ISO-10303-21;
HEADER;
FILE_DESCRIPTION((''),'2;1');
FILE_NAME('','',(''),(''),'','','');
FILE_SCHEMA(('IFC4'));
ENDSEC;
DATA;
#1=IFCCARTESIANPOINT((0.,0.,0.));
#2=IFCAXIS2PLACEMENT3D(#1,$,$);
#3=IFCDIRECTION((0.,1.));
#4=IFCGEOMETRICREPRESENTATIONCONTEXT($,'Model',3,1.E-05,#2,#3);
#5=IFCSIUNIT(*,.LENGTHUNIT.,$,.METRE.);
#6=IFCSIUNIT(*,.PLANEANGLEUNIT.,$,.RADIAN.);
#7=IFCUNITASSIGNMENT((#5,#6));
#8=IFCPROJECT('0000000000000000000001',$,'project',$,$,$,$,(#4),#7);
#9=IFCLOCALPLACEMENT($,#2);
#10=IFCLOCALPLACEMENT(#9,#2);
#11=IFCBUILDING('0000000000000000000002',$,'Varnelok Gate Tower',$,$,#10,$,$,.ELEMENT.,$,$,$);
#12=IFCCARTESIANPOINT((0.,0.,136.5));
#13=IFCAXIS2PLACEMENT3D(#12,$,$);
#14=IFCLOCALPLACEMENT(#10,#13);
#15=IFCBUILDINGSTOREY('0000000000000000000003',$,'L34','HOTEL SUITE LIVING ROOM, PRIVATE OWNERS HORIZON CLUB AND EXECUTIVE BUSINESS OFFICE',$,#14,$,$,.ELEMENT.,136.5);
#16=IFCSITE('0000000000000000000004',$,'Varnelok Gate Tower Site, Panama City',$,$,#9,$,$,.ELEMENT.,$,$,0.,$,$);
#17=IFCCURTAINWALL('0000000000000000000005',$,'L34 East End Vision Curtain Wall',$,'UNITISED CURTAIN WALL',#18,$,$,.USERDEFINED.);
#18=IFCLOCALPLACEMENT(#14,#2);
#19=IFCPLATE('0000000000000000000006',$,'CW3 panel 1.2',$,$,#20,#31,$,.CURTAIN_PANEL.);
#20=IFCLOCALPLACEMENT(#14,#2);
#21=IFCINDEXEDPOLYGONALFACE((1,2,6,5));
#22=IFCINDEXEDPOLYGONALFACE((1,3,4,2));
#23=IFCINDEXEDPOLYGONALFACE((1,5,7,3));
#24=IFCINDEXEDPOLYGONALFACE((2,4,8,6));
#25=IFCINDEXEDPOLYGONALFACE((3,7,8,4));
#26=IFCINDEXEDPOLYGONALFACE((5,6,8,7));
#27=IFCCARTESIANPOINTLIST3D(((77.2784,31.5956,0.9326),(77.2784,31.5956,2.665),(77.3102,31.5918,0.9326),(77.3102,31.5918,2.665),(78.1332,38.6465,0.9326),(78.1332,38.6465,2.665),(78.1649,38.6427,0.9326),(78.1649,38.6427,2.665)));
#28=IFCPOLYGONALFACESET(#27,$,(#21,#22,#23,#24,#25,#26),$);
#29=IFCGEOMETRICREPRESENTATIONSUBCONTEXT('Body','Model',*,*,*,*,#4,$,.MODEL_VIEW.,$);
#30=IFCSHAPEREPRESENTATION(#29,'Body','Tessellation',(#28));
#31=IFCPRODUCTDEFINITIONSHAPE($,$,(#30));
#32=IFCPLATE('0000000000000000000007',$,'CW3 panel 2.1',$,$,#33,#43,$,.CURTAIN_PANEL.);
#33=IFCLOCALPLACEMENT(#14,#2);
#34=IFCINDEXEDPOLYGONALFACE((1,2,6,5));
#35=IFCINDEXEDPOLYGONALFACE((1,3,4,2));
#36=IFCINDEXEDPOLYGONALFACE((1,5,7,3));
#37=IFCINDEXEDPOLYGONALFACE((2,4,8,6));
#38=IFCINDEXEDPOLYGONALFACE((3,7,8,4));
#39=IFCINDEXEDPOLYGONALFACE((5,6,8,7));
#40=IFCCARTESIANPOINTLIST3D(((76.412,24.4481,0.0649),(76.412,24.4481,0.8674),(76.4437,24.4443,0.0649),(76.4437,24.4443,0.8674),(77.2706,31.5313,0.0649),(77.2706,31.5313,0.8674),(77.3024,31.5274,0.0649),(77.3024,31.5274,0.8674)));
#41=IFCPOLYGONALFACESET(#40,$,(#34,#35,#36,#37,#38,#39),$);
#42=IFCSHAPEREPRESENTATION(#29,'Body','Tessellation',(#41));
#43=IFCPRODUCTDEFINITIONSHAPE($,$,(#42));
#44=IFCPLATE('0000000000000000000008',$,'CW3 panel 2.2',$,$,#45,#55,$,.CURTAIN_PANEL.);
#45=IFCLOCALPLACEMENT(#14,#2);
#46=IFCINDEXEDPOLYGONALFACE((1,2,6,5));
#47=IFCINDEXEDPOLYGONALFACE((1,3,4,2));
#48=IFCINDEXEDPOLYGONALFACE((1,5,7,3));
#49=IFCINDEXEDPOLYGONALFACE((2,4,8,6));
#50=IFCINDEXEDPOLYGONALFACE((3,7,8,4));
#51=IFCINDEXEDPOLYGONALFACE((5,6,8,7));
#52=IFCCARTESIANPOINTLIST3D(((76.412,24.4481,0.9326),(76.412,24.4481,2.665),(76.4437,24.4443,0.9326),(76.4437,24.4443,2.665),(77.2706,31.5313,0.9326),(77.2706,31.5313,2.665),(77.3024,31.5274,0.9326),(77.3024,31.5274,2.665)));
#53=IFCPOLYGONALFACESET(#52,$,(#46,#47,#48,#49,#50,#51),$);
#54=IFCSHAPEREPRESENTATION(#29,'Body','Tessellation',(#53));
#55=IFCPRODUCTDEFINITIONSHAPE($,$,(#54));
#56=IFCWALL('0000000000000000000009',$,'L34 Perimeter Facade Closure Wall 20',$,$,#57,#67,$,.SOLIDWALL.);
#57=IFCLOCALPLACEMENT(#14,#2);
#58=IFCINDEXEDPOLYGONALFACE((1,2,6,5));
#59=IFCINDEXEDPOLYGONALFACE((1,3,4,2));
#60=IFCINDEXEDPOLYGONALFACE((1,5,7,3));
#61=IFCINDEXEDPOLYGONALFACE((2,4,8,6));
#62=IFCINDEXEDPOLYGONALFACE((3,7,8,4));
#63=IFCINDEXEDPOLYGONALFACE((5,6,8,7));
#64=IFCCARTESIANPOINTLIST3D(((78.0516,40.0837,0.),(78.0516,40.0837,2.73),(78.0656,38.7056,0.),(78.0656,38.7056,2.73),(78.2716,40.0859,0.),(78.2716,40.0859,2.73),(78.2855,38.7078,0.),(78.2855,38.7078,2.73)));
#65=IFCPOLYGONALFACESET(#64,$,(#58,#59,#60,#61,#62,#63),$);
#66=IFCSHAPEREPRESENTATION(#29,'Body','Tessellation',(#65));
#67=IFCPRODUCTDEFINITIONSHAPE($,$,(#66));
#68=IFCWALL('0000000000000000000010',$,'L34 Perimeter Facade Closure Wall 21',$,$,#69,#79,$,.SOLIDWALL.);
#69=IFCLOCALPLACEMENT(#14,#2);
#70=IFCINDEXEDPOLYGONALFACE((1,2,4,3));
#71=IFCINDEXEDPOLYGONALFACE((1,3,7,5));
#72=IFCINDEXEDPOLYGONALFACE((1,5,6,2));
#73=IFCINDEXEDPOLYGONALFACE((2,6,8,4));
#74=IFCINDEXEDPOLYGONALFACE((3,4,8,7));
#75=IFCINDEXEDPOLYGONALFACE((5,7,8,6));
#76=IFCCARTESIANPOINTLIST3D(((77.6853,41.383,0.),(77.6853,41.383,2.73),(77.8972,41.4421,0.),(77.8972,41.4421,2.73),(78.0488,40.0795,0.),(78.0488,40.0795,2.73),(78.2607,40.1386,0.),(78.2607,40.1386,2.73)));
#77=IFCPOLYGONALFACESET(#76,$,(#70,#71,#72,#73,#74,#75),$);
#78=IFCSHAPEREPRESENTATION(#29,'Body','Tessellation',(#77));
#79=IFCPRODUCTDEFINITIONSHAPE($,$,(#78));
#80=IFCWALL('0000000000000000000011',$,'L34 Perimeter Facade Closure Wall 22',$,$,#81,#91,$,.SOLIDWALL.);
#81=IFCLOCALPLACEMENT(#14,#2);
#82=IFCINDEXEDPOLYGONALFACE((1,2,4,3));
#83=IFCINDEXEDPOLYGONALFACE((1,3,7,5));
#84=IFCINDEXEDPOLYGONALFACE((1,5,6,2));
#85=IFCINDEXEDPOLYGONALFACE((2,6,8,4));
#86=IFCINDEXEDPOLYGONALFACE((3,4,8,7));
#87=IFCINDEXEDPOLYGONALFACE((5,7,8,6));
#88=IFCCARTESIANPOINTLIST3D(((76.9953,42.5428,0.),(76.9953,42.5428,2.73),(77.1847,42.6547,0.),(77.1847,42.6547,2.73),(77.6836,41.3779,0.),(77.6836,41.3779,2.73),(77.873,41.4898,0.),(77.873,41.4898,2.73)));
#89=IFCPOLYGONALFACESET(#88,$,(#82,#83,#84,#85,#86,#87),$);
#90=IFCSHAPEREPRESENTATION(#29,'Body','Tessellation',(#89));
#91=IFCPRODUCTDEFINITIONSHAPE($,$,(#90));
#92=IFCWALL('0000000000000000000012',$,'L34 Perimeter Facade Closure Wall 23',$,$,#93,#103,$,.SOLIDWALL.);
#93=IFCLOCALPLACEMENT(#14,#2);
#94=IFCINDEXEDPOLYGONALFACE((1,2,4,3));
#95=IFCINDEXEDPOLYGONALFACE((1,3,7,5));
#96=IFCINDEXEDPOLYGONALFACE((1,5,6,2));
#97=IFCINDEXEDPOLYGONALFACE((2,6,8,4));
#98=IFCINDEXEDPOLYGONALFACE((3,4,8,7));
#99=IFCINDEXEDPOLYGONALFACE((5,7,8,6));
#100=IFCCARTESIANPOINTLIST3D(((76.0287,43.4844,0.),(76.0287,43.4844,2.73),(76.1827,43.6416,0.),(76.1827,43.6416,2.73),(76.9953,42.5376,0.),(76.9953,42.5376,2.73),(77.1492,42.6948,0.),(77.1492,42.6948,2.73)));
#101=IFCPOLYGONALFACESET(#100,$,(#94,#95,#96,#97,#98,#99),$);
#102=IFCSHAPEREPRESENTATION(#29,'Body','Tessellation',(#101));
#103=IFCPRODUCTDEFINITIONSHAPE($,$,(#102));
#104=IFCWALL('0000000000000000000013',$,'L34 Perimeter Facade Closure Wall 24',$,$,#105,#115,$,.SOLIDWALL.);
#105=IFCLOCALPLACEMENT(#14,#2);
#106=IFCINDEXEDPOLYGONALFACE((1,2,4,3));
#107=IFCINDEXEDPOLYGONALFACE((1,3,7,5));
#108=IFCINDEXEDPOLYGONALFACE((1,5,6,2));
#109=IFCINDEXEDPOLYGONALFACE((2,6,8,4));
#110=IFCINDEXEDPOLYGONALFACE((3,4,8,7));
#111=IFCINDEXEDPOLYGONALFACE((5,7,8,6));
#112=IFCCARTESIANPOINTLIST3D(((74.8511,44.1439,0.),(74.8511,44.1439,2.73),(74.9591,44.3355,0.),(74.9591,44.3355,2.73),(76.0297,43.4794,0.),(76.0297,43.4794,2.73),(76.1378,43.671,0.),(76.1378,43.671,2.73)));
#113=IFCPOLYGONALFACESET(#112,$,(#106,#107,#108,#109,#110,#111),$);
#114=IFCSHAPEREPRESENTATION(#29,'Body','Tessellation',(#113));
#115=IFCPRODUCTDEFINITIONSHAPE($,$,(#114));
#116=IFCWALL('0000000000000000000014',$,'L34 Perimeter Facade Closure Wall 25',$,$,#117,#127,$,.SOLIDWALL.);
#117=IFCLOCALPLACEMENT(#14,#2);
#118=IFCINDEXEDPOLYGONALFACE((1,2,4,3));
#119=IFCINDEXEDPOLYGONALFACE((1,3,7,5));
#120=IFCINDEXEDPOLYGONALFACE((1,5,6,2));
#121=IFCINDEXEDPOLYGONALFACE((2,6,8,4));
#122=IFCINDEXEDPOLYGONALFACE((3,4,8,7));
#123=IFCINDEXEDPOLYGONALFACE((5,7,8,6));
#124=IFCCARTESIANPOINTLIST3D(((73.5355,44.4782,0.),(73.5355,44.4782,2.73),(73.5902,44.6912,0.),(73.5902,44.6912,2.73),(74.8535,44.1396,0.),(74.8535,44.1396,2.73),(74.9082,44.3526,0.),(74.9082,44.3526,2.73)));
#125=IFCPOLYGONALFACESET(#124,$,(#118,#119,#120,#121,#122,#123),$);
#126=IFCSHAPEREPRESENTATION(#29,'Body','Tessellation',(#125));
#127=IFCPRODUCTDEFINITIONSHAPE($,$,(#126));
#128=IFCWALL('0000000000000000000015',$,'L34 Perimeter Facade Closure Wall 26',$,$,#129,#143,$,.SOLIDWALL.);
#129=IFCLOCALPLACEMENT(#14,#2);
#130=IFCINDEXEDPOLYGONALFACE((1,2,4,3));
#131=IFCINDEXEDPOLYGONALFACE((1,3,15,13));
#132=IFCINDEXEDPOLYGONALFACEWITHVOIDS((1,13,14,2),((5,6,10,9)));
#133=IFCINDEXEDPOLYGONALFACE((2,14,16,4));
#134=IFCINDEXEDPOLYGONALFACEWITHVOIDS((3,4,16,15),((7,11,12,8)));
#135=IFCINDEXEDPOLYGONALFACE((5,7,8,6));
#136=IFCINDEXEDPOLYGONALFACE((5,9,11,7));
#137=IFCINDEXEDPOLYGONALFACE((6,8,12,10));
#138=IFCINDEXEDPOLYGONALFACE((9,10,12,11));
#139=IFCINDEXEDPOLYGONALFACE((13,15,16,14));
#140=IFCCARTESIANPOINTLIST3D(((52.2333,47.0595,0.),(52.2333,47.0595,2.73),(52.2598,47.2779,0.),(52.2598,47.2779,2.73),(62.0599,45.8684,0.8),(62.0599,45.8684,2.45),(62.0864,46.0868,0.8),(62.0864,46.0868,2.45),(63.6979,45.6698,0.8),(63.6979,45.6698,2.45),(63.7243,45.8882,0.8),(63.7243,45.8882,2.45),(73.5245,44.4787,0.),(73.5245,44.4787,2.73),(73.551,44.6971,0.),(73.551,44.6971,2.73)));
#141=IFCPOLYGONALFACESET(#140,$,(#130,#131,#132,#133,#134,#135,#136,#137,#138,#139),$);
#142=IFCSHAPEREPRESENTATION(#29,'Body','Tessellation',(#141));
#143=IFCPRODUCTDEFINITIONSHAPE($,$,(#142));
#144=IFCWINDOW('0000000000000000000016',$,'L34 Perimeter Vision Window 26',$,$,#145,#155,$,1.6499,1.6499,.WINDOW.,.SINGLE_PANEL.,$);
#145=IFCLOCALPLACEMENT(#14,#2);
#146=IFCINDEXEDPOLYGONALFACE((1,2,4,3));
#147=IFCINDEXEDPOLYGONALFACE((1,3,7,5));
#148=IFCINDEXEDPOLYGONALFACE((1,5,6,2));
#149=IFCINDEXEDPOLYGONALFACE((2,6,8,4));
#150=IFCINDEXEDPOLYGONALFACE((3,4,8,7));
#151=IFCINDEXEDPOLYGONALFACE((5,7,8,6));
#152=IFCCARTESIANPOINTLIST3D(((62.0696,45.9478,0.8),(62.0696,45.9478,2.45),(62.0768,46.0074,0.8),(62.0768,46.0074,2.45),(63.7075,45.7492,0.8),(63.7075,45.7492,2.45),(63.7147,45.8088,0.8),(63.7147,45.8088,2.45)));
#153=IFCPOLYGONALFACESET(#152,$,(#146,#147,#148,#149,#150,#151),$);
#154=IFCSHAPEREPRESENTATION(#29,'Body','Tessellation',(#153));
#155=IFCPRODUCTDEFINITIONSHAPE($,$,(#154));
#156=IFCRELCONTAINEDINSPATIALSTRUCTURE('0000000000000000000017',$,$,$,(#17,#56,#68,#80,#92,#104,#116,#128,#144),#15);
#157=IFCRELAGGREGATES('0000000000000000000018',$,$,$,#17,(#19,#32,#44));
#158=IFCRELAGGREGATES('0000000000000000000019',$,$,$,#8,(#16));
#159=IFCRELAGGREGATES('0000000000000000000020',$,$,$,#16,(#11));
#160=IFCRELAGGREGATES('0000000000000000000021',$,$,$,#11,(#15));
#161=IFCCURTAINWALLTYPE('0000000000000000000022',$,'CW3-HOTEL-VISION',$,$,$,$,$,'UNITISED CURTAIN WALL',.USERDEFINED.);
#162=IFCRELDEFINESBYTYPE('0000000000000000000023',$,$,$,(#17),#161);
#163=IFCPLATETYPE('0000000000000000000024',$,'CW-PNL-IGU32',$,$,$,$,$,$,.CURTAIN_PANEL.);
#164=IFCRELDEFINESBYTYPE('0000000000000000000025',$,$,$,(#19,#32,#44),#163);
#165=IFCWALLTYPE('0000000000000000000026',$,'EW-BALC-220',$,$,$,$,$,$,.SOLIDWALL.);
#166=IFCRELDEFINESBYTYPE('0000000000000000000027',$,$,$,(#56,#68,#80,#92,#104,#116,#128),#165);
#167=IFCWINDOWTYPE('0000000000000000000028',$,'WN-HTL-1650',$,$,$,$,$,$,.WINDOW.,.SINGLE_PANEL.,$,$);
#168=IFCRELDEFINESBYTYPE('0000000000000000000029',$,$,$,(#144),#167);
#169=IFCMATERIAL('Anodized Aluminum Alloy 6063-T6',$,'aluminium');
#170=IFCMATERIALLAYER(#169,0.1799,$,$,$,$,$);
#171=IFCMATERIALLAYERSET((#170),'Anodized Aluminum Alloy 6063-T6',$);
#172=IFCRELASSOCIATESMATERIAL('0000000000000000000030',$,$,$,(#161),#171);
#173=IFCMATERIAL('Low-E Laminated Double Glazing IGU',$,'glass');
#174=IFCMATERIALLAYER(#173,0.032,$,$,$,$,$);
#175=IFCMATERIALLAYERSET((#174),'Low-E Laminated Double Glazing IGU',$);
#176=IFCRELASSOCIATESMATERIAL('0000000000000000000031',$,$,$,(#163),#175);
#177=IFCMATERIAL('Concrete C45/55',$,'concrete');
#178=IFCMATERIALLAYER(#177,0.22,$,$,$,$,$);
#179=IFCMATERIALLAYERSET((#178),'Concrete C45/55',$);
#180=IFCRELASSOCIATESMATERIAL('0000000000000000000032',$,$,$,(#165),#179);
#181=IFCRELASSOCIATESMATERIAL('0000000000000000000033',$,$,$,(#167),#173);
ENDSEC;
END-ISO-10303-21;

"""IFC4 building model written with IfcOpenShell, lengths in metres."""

from ifc_helpers import new_model, si_unit, direction, frame, frame_2d, origin, origin_2d, place, context, subcontext, project, spatial, rectangle, extrude, source, transform, mapped, material, layer, layer_set, type_object, element, fill, aggregate, save


model = new_model("IFC4")

# Units and contexts
model_context = context("Model", 3, precision=1e-05, world=origin(), true_north=direction((0.0, 1.0)))
body_context = subcontext(model_context, "Body", "Model", "MODEL_VIEW")
ifc_project = project(units=[si_unit("LENGTHUNIT", "METRE"), si_unit("PLANEANGLEUNIT", "RADIAN")], contexts=[model_context])

# Site, building, storey
site_placement = place(None, origin())
site = spatial("IfcSite", under=ifc_project, at=site_placement, Name="Varnelok Gate Tower Site, Panama City", CompositionType="ELEMENT", RefElevation=0.0)
building_placement = place(site_placement, origin())
building = spatial("IfcBuilding", under=site, at=building_placement, Name="Varnelok Gate Tower", CompositionType="ELEMENT")
storey_placement = place(building_placement, frame((0.0, 0.0, 136.5)))
storey = spatial("IfcBuildingStorey", under=building, at=storey_placement, Name="L34", Description="HOTEL SUITE LIVING ROOM, PRIVATE OWNERS HORIZON CLUB AND EXECUTIVE BUSINESS OFFICE", CompositionType="ELEMENT", Elevation=136.5)

# Curtain wall, plates
ifc_material_1 = material(Name="Anodized Aluminum Alloy 6063-T6", Category="aluminium")
ifc_layer_1 = layer(ifc_material_1, 0.1799)
ifc_layer_set_1 = layer_set([ifc_layer_1], Name="Anodized Aluminum Alloy 6063-T6")
curtain_wall_type = type_object("IfcCurtainWallType", Name="CW3-HOTEL-VISION", ElementType="UNITISED CURTAIN WALL", PredefinedType="USERDEFINED", material=ifc_layer_set_1)
curtain_wall_placement = place(storey_placement, origin())
curtain_wall = element("IfcCurtainWall", 1, at=curtain_wall_placement, inside=storey, type_object=curtain_wall_type, Name="L34 East End Vision Curtain Wall", ObjectType="UNITISED CURTAIN WALL", PredefinedType="USERDEFINED")
ifc_material_2 = material(Name="Low-E Laminated Double Glazing IGU", Category="glass")
ifc_layer_2 = layer(ifc_material_2, 0.032)
ifc_layer_set_2 = layer_set([ifc_layer_2], Name="Low-E Laminated Double Glazing IGU")
plate_type = type_object("IfcPlateType", Name="CW-PNL-IGU32", PredefinedType="CURTAIN_PANEL", material=ifc_layer_set_2)
shared_shape_1 = source(origin(), body_context, "Body", "SweptSolid", [
    extrude(rectangle(XDim=7.1025, YDim=0.032, at=origin_2d()), origin(), (0.0, 0.0, 1.0), 1.7324),
])
plate_1_placement = place(storey_placement, frame((77.7217, 35.1191, 0.9326), z_axis=(0.0, 0.0, 1.0), x_axis=(-0.120347, -0.992732, 0.0)))
plate_1 = element("IfcPlate", 2, at=plate_1_placement, type_object=plate_type, Name="CW3 panel 1.2", PredefinedType="CURTAIN_PANEL", context=body_context, shape_type="MappedRepresentation", body=[
    mapped(shared_shape_1, transform((0.0, 0.0, 0.0), scale=1.0)),
])
shared_shape_2 = source(origin(), body_context, "Body", "SweptSolid", [
    extrude(rectangle(XDim=7.135, YDim=0.032, at=origin_2d()), origin(), (0.0, 0.0, 1.0), 0.8025),
])
plate_2_placement = place(storey_placement, frame((76.8572, 27.9878, 0.0649), z_axis=(0.0, 0.0, 1.0), x_axis=(-0.120347, -0.992732, 0.0)))
plate_2 = element("IfcPlate", 3, at=plate_2_placement, type_object=plate_type, Name="CW3 panel 2.1", PredefinedType="CURTAIN_PANEL", context=body_context, shape_type="MappedRepresentation", body=[
    mapped(shared_shape_2, transform((0.0, 0.0, 0.0), scale=1.0)),
])
shared_shape_3 = source(origin(), body_context, "Body", "SweptSolid", [
    extrude(rectangle(XDim=7.135, YDim=0.032, at=origin_2d()), origin(), (0.0, 0.0, 1.0), 1.7324),
])
plate_3_placement = place(storey_placement, frame((76.8572, 27.9878, 0.9326), z_axis=(0.0, 0.0, 1.0), x_axis=(-0.120347, -0.992732, 0.0)))
plate_3 = element("IfcPlate", 4, at=plate_3_placement, type_object=plate_type, Name="CW3 panel 2.2", PredefinedType="CURTAIN_PANEL", context=body_context, shape_type="MappedRepresentation", body=[
    mapped(shared_shape_3, transform((0.0, 0.0, 0.0), scale=1.0)),
])
aggregate(curtain_wall, [plate_1, plate_2, plate_3])

# Walls
ifc_material_3 = material(Name="Concrete C45/55", Category="concrete")
ifc_layer_3 = layer(ifc_material_3, 0.22)
ifc_layer_set_3 = layer_set([ifc_layer_3], Name="Concrete C45/55")
wall_type = type_object("IfcWallType", Name="EW-BALC-220", PredefinedType="SOLIDWALL", material=ifc_layer_set_3)
wall_1_placement = place(storey_placement, frame((78.1755, 38.7068, 0.0), z_axis=(0.0, 0.0, 1.0), x_axis=(-0.010097, 0.999949, 0.0)))
element("IfcWall", 5, at=wall_1_placement, inside=storey, type_object=wall_type, Name="L34 Perimeter Facade Closure Wall 20", PredefinedType="SOLIDWALL", context=body_context, shape_type="SweptSolid", body=[
    extrude(rectangle(XDim=1.3782, YDim=0.22, at=frame_2d((0.689, 0.0))), origin(), (0.0, 0.0, 1.0), 2.73),
])
wall_2_placement = place(storey_placement, frame((78.1548, 40.1089, 0.0), z_axis=(0.0, 0.0, 1.0), x_axis=(-0.268639, 0.963241, 0.0)))
element("IfcWall", 6, at=wall_2_placement, inside=storey, type_object=wall_type, Name="L34 Perimeter Facade Closure Wall 21", PredefinedType="SOLIDWALL", context=body_context, shape_type="SweptSolid", body=[
    extrude(rectangle(XDim=1.3533, YDim=0.22, at=frame_2d((0.6768, 0.0))), origin(), (0.0, 0.0, 1.0), 2.73),
])
for number, where, z_axis, x_axis, name in (
    (7, (77.7783, 41.4338, 0.0), (0.0, 0.0, 1.0), (-0.508699, 0.860944, 0.0), "L34 Perimeter Facade Closure Wall 22"),
    (8, (77.0723, 42.6162, 0.0), (0.0, 0.0, 1.0), (-0.714377, 0.699761, 0.0), "L34 Perimeter Facade Closure Wall 23"),
    (9, (76.0837, 43.5752, 0.0), (0.0, 0.0, 1.0), (-0.871093, 0.491118, 0.0), "L34 Perimeter Facade Closure Wall 24"),
):
    element("IfcWall", number, at=place(storey_placement, frame(where, z_axis=z_axis, x_axis=x_axis)), inside=storey, type_object=wall_type, Name=name, PredefinedType="SOLIDWALL", context=body_context, shape_type="SweptSolid", body=[
        extrude(rectangle(XDim=1.353, YDim=0.22, at=frame_2d((0.6765, 0.0))), origin(), (0.0, 0.0, 1.0), 2.73),
    ])
wall_3_placement = place(storey_placement, frame((74.8809, 44.2461, 0.0), z_axis=(0.0, 0.0, 1.0), x_axis=(-0.96855, 0.24882, 0.0)))
element("IfcWall", 10, at=wall_3_placement, inside=storey, type_object=wall_type, Name="L34 Perimeter Facade Closure Wall 25", PredefinedType="SOLIDWALL", context=body_context, shape_type="SweptSolid", body=[
    extrude(rectangle(XDim=1.3608, YDim=0.22, at=frame_2d((0.6804, 0.0))), origin(), (0.0, 0.0, 1.0), 2.73),
])

# Wall, opening, window
wall_4_placement = place(storey_placement, frame((73.5378, 44.5879, 0.0), z_axis=(0.0, 0.0, 1.0), x_axis=(-0.992733, 0.120334, 0.0)))
wall_4 = element("IfcWall", 11, at=wall_4_placement, inside=storey, type_object=wall_type, Name="L34 Perimeter Facade Closure Wall 26", PredefinedType="SOLIDWALL", context=body_context, shape_type="SweptSolid", body=[
    extrude(rectangle(XDim=21.447, YDim=0.22, at=frame_2d((10.7236, 0.0))), origin(), (0.0, 0.0, 1.0), 2.73),
])
opening_placement = place(wall_4_placement, frame((9.8987, 0.0, 0.8)))
opening = element("IfcOpeningElement", 12, at=opening_placement, cuts=wall_4, PredefinedType="OPENING", context=body_context, shape_type="SweptSolid", body=[
    extrude(rectangle(XDim=1.6499, YDim=1.6499, at=frame_2d((0.825, 0.825))), frame((0.0, 0.1199, 0.0), z_axis=(0.0, -1.0, 0.0), x_axis=(1.0, 0.0, 0.0)), (0.0, 0.0, 1.0), 0.24),
])
window_type = type_object("IfcWindowType", Name="WN-HTL-1650", PartitioningType="SINGLE_PANEL", PredefinedType="WINDOW", material=ifc_material_2)
window_placement = place(opening_placement, origin())
window = element("IfcWindow", 13, at=window_placement, inside=storey, type_object=window_type, Name="L34 Perimeter Vision Window 26", OverallHeight=1.6499, OverallWidth=1.6499, PartitioningType="SINGLE_PANEL", PredefinedType="WINDOW", context=body_context, shape_type="SweptSolid", body=[
    extrude(rectangle(XDim=1.6499, YDim=1.6499, at=frame_2d((0.825, 0.825))), frame((0.0, 0.03, 0.0), z_axis=(0.0, -1.0, 0.0), x_axis=(1.0, 0.0, 0.0)), (0.0, 0.0, 1.0), 0.0601),
])
fill(opening, window)

save(model, "model.ifc")
